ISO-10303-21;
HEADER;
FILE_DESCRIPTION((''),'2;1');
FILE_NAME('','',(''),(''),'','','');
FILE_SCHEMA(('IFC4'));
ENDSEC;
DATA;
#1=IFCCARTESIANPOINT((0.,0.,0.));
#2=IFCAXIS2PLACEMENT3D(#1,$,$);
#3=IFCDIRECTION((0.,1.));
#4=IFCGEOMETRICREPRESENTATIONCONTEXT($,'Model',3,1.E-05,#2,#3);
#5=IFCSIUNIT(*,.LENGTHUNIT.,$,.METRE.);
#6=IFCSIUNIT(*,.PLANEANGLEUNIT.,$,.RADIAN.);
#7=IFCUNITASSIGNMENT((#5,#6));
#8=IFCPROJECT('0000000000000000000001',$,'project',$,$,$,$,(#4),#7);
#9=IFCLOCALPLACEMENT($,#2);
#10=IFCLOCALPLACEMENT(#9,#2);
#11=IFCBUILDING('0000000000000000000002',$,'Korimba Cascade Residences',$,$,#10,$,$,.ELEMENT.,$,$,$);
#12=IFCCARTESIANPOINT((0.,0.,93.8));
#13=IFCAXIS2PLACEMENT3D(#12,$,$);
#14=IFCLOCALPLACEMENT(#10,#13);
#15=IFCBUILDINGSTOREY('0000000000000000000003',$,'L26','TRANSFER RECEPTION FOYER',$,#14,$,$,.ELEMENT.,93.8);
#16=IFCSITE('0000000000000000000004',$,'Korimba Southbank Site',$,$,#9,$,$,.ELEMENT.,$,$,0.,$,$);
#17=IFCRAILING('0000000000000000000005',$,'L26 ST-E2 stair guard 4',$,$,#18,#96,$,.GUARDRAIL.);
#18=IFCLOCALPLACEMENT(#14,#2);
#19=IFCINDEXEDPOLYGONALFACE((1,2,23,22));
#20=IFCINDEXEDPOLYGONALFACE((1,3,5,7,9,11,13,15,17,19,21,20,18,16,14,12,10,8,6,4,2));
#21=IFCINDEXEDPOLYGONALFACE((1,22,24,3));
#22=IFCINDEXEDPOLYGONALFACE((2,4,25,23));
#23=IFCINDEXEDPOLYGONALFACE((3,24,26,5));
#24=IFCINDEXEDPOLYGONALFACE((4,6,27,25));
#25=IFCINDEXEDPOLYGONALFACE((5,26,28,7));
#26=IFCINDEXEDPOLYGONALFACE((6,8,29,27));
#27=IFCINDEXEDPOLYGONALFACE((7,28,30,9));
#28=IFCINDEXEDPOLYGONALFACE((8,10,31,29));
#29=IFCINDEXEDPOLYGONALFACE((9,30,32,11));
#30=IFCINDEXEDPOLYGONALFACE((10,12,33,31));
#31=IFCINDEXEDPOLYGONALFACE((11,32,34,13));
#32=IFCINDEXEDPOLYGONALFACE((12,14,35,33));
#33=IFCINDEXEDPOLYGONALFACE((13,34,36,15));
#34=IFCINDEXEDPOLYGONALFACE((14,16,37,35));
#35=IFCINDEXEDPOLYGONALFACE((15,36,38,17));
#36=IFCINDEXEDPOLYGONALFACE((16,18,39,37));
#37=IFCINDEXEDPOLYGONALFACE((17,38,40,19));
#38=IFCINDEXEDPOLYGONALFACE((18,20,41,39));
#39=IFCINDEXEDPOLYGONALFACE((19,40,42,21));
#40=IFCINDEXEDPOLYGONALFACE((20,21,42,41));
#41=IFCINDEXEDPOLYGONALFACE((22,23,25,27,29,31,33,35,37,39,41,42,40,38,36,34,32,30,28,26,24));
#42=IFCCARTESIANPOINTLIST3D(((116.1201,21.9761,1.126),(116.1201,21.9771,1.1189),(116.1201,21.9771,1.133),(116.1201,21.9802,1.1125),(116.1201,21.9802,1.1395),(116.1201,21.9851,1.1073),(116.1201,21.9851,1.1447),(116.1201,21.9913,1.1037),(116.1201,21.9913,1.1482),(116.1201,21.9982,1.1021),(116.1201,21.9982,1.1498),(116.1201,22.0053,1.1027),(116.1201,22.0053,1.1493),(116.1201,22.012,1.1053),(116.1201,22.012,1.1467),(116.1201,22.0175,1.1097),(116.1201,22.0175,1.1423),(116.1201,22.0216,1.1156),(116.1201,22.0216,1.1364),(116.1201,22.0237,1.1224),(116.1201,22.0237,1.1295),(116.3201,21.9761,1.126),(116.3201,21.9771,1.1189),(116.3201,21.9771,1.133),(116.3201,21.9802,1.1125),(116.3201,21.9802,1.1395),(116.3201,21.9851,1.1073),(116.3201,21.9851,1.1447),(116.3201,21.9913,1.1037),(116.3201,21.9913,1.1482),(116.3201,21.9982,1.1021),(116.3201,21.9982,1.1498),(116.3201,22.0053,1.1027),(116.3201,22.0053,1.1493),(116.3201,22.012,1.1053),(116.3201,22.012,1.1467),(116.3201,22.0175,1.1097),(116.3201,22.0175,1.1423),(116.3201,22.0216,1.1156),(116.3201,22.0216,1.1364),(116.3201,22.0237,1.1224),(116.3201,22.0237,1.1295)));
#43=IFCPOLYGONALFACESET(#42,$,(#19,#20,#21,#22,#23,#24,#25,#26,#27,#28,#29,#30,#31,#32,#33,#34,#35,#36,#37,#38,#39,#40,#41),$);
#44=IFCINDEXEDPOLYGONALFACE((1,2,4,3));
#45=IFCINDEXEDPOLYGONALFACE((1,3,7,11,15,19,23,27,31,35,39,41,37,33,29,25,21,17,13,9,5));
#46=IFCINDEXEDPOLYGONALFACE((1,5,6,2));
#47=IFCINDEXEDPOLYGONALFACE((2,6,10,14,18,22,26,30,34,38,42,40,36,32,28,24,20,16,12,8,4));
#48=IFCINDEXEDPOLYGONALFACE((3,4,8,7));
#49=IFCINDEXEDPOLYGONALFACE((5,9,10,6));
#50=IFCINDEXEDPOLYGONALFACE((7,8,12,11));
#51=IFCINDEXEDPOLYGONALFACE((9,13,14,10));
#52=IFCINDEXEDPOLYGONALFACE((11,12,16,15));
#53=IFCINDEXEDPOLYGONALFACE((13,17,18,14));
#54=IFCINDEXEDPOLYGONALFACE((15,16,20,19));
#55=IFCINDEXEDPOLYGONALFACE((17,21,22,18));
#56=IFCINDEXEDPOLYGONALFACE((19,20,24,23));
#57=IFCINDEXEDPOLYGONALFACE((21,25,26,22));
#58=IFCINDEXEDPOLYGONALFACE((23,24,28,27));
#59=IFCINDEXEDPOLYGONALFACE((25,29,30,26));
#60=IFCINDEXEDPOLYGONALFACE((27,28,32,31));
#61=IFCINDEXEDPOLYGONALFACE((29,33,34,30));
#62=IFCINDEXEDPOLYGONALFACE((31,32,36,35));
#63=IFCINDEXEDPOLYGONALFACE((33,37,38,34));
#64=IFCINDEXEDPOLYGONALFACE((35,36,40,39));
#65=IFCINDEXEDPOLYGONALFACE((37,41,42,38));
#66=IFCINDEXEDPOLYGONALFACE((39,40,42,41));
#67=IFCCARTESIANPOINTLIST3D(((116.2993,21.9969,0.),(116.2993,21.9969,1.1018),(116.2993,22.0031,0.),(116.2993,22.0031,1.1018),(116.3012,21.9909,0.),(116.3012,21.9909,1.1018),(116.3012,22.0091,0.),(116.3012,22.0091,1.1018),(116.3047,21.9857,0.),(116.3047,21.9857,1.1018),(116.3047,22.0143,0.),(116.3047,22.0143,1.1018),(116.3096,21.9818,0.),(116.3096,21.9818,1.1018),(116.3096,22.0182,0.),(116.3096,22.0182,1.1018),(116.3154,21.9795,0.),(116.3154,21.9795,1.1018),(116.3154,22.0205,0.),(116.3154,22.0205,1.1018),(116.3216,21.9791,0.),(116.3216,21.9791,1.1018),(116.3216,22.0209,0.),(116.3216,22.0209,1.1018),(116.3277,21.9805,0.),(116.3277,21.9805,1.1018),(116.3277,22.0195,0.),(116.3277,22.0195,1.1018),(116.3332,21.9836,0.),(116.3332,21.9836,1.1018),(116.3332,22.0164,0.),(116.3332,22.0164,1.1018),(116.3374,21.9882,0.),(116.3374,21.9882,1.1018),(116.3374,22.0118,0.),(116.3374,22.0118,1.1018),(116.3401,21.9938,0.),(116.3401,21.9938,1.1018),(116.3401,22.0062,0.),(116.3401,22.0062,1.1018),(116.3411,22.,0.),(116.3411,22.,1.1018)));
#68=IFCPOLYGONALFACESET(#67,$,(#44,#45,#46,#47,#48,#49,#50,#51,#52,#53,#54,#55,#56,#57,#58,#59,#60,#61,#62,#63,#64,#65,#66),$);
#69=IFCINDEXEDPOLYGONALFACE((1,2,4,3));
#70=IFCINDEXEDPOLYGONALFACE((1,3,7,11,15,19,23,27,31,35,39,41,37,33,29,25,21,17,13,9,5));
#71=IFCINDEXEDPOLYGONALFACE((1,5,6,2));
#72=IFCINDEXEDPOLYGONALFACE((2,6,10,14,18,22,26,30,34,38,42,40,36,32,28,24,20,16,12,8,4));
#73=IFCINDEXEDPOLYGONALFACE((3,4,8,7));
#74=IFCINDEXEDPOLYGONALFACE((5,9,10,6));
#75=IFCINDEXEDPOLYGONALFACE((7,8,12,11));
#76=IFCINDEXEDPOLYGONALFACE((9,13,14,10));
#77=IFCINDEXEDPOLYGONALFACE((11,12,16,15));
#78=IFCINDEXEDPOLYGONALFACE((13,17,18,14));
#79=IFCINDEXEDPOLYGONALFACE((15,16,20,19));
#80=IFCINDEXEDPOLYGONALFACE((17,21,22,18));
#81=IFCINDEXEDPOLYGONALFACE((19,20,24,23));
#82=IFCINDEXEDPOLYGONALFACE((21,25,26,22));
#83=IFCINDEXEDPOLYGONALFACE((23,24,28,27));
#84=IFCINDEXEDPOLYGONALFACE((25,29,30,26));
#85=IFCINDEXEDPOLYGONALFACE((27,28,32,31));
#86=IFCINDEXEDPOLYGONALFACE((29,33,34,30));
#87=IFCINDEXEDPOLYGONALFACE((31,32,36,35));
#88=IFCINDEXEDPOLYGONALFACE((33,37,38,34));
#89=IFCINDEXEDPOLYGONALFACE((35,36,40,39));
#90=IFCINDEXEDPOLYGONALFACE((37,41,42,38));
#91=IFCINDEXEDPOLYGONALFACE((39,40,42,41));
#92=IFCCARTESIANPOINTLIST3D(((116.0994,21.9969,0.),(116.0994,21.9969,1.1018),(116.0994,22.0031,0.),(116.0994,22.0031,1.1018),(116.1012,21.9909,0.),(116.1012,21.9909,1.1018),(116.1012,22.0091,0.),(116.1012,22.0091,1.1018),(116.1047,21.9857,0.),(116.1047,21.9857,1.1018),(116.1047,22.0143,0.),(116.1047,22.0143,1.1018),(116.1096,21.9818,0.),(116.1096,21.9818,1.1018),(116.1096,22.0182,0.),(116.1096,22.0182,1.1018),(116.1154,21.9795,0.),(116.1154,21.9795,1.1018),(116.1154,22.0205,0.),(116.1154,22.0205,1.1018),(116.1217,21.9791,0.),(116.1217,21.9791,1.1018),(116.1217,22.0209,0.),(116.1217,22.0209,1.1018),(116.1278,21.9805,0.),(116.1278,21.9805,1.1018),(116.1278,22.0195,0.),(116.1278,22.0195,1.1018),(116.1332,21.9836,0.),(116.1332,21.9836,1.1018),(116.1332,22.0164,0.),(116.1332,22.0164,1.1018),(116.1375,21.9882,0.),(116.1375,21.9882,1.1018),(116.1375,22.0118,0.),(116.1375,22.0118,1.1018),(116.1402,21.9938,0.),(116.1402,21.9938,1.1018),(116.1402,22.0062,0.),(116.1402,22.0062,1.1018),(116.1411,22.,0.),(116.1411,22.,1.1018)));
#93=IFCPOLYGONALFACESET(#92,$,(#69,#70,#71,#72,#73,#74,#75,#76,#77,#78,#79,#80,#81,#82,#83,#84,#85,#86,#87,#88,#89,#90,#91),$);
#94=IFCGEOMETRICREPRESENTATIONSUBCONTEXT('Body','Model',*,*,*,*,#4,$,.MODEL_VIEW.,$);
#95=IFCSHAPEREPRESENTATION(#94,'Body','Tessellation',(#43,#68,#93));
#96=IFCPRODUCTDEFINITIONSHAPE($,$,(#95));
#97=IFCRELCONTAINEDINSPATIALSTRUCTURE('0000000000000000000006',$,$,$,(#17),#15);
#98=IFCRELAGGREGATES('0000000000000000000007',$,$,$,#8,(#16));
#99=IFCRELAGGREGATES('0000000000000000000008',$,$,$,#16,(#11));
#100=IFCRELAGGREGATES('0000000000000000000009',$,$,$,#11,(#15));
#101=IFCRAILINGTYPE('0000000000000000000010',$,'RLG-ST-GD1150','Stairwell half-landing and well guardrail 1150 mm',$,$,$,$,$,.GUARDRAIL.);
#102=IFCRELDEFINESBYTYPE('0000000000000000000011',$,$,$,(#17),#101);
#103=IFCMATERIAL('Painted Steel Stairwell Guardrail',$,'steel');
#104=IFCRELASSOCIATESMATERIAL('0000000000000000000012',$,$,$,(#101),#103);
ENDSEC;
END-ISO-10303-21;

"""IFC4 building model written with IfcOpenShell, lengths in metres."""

from ifc_helpers import new_model, si_unit, direction, frame, origin, origin_2d, place, context, subcontext, project, spatial, circle, extrude, material, type_object, element, save


model = new_model("IFC4")

# Units and contexts
model_context = context("Model", 3, precision=1e-05, world=origin(), true_north=direction((0.0, 1.0)))
body_context = subcontext(model_context, "Body", "Model", "MODEL_VIEW")
ifc_project = project(units=[si_unit("LENGTHUNIT", "METRE"), si_unit("PLANEANGLEUNIT", "RADIAN")], contexts=[model_context])

# Site, building, storey
site_placement = place(None, origin())
site = spatial("IfcSite", under=ifc_project, at=site_placement, Name="Korimba Southbank Site", CompositionType="ELEMENT", RefElevation=0.0)
building_placement = place(site_placement, origin())
building = spatial("IfcBuilding", under=site, at=building_placement, Name="Korimba Cascade Residences", CompositionType="ELEMENT")
storey_placement = place(building_placement, frame((0.0, 0.0, 93.8)))
storey = spatial("IfcBuildingStorey", under=building, at=storey_placement, Name="L26", Description="TRANSFER RECEPTION FOYER", CompositionType="ELEMENT", Elevation=93.8)

# Railing
ifc_material_1 = material(Name="Painted Steel Stairwell Guardrail", Category="steel")
railing_type_1 = type_object("IfcRailingType", Name="RLG-ST-GD1150", Description="Stairwell half-landing and well guardrail 1150 mm", PredefinedType="GUARDRAIL", material=ifc_material_1)
railing_1_placement = place(storey_placement, frame((116.3201, 22.0, 0.0)))
element("IfcRailing", 1, at=railing_1_placement, inside=storey, type_object=railing_type_1, Name="L26 ST-E2 stair guard 4", PredefinedType="GUARDRAIL", context=body_context, shape_type="SweptSolid", body=[
    extrude(circle(Radius=0.0239, at=origin_2d()), frame((0.0, 0.0, 1.126), z_axis=(-1.0, 0.0, 0.0), x_axis=(0.0, -1.0, 0.0)), (0.0, 0.0, 1.0), 0.2),
    extrude(circle(Radius=0.021, at=origin_2d()), origin(), (0.0, 0.0, 1.0), 1.1018),
    extrude(circle(Radius=0.021, at=origin_2d()), frame((-0.2, 0.0, 0.0)), (0.0, 0.0, 1.0), 1.1018),
])

save(model, "model.ifc")
